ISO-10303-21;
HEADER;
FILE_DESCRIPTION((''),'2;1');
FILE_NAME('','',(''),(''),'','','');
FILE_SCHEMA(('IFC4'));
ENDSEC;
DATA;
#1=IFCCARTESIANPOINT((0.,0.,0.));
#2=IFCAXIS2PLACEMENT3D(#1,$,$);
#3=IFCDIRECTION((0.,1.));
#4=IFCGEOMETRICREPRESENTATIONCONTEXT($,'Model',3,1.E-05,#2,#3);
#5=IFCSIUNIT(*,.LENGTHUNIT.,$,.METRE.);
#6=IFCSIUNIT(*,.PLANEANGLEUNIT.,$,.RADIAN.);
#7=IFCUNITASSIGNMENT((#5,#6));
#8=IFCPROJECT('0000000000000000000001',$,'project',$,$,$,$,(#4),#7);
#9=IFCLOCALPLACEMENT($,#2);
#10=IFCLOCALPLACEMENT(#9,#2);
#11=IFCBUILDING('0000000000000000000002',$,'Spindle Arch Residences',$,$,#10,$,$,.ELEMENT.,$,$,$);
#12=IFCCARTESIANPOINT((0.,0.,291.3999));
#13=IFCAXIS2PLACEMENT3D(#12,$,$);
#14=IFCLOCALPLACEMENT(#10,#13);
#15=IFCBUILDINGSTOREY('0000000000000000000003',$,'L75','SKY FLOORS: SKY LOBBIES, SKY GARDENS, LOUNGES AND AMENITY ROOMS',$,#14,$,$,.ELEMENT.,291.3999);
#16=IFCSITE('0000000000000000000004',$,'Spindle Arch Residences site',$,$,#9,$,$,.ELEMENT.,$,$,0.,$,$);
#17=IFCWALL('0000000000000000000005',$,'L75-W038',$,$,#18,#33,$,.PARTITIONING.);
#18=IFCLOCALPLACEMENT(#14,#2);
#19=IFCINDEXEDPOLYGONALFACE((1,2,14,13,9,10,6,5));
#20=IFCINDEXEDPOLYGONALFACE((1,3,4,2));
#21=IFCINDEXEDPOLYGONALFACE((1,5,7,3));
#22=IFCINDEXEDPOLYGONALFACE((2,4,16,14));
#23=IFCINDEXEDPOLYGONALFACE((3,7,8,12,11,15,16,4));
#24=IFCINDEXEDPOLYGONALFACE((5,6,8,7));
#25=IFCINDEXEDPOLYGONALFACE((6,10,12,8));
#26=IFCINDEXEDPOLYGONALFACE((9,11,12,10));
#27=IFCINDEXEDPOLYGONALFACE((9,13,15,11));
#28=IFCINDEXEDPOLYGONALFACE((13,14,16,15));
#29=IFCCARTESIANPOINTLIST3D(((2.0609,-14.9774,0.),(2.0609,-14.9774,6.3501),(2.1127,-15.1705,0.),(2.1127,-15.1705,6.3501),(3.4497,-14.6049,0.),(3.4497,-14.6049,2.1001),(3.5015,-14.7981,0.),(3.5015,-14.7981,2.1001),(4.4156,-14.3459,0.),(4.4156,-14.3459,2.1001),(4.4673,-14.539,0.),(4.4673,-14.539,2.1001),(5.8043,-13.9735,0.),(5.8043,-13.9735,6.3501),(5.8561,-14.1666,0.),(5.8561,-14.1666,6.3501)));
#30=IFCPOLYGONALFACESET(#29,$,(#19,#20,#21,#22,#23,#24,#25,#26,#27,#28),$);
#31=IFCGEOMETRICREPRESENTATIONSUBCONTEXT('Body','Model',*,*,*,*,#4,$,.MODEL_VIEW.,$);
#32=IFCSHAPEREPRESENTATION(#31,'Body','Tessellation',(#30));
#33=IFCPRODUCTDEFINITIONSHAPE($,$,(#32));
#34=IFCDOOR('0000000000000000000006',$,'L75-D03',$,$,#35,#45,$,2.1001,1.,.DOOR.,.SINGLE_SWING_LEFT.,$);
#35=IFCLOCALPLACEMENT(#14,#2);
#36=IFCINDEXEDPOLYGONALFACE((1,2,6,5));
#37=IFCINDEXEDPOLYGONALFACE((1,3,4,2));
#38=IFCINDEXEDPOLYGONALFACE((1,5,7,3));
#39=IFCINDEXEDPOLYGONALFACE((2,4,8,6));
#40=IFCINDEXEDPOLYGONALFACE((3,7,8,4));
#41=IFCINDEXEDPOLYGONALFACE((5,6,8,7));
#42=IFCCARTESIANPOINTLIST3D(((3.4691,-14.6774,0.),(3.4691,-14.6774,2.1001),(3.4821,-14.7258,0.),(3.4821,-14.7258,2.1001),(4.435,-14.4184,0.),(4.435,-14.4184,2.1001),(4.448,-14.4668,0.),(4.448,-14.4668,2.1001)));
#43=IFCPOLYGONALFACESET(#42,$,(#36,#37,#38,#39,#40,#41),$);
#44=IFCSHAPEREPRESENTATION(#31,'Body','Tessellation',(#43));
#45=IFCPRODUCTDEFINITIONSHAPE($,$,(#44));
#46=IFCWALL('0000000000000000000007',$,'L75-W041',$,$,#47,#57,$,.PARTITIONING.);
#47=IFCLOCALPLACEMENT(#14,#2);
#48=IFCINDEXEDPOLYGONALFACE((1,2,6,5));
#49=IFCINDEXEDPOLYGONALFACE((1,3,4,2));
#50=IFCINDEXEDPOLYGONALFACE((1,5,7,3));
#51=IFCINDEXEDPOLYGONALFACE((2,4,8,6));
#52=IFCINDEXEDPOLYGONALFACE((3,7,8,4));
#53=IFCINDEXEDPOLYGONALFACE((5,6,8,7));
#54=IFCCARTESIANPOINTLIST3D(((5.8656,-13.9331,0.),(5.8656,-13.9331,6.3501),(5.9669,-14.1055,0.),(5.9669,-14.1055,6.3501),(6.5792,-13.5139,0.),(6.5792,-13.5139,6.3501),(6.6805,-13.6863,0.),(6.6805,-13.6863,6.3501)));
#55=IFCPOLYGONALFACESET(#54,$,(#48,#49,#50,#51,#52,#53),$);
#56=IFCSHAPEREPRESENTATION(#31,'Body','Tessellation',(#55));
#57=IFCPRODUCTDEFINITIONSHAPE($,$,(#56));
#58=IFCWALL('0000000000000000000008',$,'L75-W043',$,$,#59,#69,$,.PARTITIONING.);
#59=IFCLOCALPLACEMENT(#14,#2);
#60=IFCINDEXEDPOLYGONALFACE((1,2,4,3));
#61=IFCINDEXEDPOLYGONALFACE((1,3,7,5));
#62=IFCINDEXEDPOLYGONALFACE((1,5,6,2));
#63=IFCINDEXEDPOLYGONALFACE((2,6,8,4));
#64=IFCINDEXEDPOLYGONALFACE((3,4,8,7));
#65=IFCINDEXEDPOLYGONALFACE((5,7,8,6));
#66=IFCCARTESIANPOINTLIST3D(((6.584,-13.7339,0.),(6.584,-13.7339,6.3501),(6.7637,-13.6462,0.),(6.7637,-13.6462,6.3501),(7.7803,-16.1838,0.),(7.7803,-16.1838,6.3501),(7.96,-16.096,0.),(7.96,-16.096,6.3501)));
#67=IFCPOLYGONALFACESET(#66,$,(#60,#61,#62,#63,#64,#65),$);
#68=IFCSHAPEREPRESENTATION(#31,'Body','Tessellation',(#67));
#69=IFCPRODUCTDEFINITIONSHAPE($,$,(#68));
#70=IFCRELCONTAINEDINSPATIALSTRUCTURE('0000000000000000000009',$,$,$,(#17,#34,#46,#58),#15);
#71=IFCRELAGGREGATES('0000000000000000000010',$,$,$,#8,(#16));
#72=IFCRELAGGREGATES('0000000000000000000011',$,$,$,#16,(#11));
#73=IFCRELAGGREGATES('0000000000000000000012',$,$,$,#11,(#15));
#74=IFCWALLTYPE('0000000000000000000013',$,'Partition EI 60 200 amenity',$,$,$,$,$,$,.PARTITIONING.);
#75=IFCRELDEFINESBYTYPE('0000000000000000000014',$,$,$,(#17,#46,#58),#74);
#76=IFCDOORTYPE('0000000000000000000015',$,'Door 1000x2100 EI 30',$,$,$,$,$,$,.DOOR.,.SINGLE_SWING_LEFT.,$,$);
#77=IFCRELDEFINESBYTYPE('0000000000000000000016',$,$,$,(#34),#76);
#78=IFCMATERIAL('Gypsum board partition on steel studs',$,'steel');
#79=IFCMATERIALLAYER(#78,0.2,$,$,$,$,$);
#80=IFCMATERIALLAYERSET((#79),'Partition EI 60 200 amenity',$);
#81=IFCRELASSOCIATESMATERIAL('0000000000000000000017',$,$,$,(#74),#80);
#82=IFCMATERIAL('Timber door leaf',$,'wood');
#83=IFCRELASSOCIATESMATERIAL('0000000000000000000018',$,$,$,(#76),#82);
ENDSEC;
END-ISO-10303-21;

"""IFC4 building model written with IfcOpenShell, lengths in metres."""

from ifc_helpers import new_model, si_unit, direction, frame, frame_2d, origin, place, context, subcontext, project, spatial, rectangle, extrude, material, layer, layer_set, type_object, element, fill, save


model = new_model("IFC4")

# Units and contexts
model_context = context("Model", 3, precision=1e-05, world=origin(), true_north=direction((0.0, 1.0)))
body_context = subcontext(model_context, "Body", "Model", "MODEL_VIEW")
ifc_project = project(units=[si_unit("LENGTHUNIT", "METRE"), si_unit("PLANEANGLEUNIT", "RADIAN")], contexts=[model_context])

# Site, building, storey
site_placement = place(None, origin())
site = spatial("IfcSite", under=ifc_project, at=site_placement, Name="Spindle Arch Residences site", CompositionType="ELEMENT", RefElevation=0.0)
building_placement = place(site_placement, origin())
building = spatial("IfcBuilding", under=site, at=building_placement, Name="Spindle Arch Residences", CompositionType="ELEMENT")
storey_placement = place(building_placement, frame((0.0, 0.0, 291.3999)))
storey = spatial("IfcBuildingStorey", under=building, at=storey_placement, Name="L75", Description="SKY FLOORS: SKY LOBBIES, SKY GARDENS, LOUNGES AND AMENITY ROOMS", CompositionType="ELEMENT", Elevation=291.3999)

# Shared definitions
ifc_material_1 = material(Name="Gypsum board partition on steel studs", Category="steel")
ifc_layer_1 = layer(ifc_material_1, 0.2)
ifc_layer_set_1 = layer_set([ifc_layer_1], Name="Partition EI 60 200 amenity")
wall_type = type_object("IfcWallType", Name="Partition EI 60 200 amenity", PredefinedType="PARTITIONING", material=ifc_layer_set_1)
ifc_material_2 = material(Name="Timber door leaf", Category="wood")
door_type = type_object("IfcDoorType", Name="Door 1000x2100 EI 30", OperationType="SINGLE_SWING_LEFT", PredefinedType="DOOR", material=ifc_material_2)

# Wall, opening, door
wall_1_placement = place(storey_placement, frame((2.0867, -15.074, 0.0), z_axis=(0.0, 0.0, 1.0), x_axis=(0.96587, 0.259027, 0.0)))
wall_1 = element("IfcWall", 1, at=wall_1_placement, inside=storey, type_object=wall_type, Name="L75-W038", PredefinedType="PARTITIONING", context=body_context, shape_type="SweptSolid", body=[
    extrude(rectangle(XDim=3.8757, YDim=0.2, at=frame_2d((1.938, 0.0))), origin(), (0.0, 0.0, 1.0), 6.3501),
])
opening_1_placement = place(wall_1_placement, frame((1.438, 0.0, 0.0)))
opening_1 = element("IfcOpeningElement", 2, at=opening_1_placement, cuts=wall_1, PredefinedType="OPENING", context=body_context, shape_type="SweptSolid", body=[
    extrude(rectangle(XDim=1.0, YDim=2.1001, at=frame_2d((0.5, 1.05))), frame((0.0, 0.1099, 0.0), z_axis=(0.0, -1.0, 0.0), x_axis=(1.0, 0.0, 0.0)), (0.0, 0.0, 1.0), 0.22),
])
door_1_placement = place(opening_1_placement, origin())
door_1 = element("IfcDoor", 3, at=door_1_placement, inside=storey, type_object=door_type, Name="L75-D03", OperationType="SINGLE_SWING_LEFT", OverallHeight=2.1001, OverallWidth=1.0, PredefinedType="DOOR", context=body_context, shape_type="SweptSolid", body=[
    extrude(rectangle(XDim=1.0, YDim=2.1001, at=frame_2d((0.5, 1.05))), frame((0.0, 0.0249, 0.0), z_axis=(0.0, -1.0, 0.0), x_axis=(1.0, 0.0, 0.0)), (0.0, 0.0, 1.0), 0.05),
])
fill(opening_1, door_1)

# Walls
wall_2_placement = place(storey_placement, frame((5.9163, -14.0193, 0.0), z_axis=(0.0, 0.0, 1.0), x_axis=(0.862245, 0.506491, 0.0)))
element("IfcWall", 4, at=wall_2_placement, inside=storey, type_object=wall_type, Name="L75-W041", PredefinedType="PARTITIONING", context=body_context, shape_type="SweptSolid", body=[
    extrude(rectangle(XDim=0.8276, YDim=0.2, at=frame_2d((0.4138, 0.0))), origin(), (0.0, 0.0, 1.0), 6.3501),
])
wall_3_placement = place(storey_placement, frame((6.6738, -13.6899, 0.0), z_axis=(0.0, 0.0, 1.0), x_axis=(0.438776, -0.898596, 0.0)))
element("IfcWall", 5, at=wall_3_placement, inside=storey, type_object=wall_type, Name="L75-W043", PredefinedType="PARTITIONING", context=body_context, shape_type="SweptSolid", body=[
    extrude(rectangle(XDim=2.7263, YDim=0.2, at=frame_2d((1.3633, 0.0))), origin(), (0.0, 0.0, 1.0), 6.3501),
])

save(model, "model.ifc")
